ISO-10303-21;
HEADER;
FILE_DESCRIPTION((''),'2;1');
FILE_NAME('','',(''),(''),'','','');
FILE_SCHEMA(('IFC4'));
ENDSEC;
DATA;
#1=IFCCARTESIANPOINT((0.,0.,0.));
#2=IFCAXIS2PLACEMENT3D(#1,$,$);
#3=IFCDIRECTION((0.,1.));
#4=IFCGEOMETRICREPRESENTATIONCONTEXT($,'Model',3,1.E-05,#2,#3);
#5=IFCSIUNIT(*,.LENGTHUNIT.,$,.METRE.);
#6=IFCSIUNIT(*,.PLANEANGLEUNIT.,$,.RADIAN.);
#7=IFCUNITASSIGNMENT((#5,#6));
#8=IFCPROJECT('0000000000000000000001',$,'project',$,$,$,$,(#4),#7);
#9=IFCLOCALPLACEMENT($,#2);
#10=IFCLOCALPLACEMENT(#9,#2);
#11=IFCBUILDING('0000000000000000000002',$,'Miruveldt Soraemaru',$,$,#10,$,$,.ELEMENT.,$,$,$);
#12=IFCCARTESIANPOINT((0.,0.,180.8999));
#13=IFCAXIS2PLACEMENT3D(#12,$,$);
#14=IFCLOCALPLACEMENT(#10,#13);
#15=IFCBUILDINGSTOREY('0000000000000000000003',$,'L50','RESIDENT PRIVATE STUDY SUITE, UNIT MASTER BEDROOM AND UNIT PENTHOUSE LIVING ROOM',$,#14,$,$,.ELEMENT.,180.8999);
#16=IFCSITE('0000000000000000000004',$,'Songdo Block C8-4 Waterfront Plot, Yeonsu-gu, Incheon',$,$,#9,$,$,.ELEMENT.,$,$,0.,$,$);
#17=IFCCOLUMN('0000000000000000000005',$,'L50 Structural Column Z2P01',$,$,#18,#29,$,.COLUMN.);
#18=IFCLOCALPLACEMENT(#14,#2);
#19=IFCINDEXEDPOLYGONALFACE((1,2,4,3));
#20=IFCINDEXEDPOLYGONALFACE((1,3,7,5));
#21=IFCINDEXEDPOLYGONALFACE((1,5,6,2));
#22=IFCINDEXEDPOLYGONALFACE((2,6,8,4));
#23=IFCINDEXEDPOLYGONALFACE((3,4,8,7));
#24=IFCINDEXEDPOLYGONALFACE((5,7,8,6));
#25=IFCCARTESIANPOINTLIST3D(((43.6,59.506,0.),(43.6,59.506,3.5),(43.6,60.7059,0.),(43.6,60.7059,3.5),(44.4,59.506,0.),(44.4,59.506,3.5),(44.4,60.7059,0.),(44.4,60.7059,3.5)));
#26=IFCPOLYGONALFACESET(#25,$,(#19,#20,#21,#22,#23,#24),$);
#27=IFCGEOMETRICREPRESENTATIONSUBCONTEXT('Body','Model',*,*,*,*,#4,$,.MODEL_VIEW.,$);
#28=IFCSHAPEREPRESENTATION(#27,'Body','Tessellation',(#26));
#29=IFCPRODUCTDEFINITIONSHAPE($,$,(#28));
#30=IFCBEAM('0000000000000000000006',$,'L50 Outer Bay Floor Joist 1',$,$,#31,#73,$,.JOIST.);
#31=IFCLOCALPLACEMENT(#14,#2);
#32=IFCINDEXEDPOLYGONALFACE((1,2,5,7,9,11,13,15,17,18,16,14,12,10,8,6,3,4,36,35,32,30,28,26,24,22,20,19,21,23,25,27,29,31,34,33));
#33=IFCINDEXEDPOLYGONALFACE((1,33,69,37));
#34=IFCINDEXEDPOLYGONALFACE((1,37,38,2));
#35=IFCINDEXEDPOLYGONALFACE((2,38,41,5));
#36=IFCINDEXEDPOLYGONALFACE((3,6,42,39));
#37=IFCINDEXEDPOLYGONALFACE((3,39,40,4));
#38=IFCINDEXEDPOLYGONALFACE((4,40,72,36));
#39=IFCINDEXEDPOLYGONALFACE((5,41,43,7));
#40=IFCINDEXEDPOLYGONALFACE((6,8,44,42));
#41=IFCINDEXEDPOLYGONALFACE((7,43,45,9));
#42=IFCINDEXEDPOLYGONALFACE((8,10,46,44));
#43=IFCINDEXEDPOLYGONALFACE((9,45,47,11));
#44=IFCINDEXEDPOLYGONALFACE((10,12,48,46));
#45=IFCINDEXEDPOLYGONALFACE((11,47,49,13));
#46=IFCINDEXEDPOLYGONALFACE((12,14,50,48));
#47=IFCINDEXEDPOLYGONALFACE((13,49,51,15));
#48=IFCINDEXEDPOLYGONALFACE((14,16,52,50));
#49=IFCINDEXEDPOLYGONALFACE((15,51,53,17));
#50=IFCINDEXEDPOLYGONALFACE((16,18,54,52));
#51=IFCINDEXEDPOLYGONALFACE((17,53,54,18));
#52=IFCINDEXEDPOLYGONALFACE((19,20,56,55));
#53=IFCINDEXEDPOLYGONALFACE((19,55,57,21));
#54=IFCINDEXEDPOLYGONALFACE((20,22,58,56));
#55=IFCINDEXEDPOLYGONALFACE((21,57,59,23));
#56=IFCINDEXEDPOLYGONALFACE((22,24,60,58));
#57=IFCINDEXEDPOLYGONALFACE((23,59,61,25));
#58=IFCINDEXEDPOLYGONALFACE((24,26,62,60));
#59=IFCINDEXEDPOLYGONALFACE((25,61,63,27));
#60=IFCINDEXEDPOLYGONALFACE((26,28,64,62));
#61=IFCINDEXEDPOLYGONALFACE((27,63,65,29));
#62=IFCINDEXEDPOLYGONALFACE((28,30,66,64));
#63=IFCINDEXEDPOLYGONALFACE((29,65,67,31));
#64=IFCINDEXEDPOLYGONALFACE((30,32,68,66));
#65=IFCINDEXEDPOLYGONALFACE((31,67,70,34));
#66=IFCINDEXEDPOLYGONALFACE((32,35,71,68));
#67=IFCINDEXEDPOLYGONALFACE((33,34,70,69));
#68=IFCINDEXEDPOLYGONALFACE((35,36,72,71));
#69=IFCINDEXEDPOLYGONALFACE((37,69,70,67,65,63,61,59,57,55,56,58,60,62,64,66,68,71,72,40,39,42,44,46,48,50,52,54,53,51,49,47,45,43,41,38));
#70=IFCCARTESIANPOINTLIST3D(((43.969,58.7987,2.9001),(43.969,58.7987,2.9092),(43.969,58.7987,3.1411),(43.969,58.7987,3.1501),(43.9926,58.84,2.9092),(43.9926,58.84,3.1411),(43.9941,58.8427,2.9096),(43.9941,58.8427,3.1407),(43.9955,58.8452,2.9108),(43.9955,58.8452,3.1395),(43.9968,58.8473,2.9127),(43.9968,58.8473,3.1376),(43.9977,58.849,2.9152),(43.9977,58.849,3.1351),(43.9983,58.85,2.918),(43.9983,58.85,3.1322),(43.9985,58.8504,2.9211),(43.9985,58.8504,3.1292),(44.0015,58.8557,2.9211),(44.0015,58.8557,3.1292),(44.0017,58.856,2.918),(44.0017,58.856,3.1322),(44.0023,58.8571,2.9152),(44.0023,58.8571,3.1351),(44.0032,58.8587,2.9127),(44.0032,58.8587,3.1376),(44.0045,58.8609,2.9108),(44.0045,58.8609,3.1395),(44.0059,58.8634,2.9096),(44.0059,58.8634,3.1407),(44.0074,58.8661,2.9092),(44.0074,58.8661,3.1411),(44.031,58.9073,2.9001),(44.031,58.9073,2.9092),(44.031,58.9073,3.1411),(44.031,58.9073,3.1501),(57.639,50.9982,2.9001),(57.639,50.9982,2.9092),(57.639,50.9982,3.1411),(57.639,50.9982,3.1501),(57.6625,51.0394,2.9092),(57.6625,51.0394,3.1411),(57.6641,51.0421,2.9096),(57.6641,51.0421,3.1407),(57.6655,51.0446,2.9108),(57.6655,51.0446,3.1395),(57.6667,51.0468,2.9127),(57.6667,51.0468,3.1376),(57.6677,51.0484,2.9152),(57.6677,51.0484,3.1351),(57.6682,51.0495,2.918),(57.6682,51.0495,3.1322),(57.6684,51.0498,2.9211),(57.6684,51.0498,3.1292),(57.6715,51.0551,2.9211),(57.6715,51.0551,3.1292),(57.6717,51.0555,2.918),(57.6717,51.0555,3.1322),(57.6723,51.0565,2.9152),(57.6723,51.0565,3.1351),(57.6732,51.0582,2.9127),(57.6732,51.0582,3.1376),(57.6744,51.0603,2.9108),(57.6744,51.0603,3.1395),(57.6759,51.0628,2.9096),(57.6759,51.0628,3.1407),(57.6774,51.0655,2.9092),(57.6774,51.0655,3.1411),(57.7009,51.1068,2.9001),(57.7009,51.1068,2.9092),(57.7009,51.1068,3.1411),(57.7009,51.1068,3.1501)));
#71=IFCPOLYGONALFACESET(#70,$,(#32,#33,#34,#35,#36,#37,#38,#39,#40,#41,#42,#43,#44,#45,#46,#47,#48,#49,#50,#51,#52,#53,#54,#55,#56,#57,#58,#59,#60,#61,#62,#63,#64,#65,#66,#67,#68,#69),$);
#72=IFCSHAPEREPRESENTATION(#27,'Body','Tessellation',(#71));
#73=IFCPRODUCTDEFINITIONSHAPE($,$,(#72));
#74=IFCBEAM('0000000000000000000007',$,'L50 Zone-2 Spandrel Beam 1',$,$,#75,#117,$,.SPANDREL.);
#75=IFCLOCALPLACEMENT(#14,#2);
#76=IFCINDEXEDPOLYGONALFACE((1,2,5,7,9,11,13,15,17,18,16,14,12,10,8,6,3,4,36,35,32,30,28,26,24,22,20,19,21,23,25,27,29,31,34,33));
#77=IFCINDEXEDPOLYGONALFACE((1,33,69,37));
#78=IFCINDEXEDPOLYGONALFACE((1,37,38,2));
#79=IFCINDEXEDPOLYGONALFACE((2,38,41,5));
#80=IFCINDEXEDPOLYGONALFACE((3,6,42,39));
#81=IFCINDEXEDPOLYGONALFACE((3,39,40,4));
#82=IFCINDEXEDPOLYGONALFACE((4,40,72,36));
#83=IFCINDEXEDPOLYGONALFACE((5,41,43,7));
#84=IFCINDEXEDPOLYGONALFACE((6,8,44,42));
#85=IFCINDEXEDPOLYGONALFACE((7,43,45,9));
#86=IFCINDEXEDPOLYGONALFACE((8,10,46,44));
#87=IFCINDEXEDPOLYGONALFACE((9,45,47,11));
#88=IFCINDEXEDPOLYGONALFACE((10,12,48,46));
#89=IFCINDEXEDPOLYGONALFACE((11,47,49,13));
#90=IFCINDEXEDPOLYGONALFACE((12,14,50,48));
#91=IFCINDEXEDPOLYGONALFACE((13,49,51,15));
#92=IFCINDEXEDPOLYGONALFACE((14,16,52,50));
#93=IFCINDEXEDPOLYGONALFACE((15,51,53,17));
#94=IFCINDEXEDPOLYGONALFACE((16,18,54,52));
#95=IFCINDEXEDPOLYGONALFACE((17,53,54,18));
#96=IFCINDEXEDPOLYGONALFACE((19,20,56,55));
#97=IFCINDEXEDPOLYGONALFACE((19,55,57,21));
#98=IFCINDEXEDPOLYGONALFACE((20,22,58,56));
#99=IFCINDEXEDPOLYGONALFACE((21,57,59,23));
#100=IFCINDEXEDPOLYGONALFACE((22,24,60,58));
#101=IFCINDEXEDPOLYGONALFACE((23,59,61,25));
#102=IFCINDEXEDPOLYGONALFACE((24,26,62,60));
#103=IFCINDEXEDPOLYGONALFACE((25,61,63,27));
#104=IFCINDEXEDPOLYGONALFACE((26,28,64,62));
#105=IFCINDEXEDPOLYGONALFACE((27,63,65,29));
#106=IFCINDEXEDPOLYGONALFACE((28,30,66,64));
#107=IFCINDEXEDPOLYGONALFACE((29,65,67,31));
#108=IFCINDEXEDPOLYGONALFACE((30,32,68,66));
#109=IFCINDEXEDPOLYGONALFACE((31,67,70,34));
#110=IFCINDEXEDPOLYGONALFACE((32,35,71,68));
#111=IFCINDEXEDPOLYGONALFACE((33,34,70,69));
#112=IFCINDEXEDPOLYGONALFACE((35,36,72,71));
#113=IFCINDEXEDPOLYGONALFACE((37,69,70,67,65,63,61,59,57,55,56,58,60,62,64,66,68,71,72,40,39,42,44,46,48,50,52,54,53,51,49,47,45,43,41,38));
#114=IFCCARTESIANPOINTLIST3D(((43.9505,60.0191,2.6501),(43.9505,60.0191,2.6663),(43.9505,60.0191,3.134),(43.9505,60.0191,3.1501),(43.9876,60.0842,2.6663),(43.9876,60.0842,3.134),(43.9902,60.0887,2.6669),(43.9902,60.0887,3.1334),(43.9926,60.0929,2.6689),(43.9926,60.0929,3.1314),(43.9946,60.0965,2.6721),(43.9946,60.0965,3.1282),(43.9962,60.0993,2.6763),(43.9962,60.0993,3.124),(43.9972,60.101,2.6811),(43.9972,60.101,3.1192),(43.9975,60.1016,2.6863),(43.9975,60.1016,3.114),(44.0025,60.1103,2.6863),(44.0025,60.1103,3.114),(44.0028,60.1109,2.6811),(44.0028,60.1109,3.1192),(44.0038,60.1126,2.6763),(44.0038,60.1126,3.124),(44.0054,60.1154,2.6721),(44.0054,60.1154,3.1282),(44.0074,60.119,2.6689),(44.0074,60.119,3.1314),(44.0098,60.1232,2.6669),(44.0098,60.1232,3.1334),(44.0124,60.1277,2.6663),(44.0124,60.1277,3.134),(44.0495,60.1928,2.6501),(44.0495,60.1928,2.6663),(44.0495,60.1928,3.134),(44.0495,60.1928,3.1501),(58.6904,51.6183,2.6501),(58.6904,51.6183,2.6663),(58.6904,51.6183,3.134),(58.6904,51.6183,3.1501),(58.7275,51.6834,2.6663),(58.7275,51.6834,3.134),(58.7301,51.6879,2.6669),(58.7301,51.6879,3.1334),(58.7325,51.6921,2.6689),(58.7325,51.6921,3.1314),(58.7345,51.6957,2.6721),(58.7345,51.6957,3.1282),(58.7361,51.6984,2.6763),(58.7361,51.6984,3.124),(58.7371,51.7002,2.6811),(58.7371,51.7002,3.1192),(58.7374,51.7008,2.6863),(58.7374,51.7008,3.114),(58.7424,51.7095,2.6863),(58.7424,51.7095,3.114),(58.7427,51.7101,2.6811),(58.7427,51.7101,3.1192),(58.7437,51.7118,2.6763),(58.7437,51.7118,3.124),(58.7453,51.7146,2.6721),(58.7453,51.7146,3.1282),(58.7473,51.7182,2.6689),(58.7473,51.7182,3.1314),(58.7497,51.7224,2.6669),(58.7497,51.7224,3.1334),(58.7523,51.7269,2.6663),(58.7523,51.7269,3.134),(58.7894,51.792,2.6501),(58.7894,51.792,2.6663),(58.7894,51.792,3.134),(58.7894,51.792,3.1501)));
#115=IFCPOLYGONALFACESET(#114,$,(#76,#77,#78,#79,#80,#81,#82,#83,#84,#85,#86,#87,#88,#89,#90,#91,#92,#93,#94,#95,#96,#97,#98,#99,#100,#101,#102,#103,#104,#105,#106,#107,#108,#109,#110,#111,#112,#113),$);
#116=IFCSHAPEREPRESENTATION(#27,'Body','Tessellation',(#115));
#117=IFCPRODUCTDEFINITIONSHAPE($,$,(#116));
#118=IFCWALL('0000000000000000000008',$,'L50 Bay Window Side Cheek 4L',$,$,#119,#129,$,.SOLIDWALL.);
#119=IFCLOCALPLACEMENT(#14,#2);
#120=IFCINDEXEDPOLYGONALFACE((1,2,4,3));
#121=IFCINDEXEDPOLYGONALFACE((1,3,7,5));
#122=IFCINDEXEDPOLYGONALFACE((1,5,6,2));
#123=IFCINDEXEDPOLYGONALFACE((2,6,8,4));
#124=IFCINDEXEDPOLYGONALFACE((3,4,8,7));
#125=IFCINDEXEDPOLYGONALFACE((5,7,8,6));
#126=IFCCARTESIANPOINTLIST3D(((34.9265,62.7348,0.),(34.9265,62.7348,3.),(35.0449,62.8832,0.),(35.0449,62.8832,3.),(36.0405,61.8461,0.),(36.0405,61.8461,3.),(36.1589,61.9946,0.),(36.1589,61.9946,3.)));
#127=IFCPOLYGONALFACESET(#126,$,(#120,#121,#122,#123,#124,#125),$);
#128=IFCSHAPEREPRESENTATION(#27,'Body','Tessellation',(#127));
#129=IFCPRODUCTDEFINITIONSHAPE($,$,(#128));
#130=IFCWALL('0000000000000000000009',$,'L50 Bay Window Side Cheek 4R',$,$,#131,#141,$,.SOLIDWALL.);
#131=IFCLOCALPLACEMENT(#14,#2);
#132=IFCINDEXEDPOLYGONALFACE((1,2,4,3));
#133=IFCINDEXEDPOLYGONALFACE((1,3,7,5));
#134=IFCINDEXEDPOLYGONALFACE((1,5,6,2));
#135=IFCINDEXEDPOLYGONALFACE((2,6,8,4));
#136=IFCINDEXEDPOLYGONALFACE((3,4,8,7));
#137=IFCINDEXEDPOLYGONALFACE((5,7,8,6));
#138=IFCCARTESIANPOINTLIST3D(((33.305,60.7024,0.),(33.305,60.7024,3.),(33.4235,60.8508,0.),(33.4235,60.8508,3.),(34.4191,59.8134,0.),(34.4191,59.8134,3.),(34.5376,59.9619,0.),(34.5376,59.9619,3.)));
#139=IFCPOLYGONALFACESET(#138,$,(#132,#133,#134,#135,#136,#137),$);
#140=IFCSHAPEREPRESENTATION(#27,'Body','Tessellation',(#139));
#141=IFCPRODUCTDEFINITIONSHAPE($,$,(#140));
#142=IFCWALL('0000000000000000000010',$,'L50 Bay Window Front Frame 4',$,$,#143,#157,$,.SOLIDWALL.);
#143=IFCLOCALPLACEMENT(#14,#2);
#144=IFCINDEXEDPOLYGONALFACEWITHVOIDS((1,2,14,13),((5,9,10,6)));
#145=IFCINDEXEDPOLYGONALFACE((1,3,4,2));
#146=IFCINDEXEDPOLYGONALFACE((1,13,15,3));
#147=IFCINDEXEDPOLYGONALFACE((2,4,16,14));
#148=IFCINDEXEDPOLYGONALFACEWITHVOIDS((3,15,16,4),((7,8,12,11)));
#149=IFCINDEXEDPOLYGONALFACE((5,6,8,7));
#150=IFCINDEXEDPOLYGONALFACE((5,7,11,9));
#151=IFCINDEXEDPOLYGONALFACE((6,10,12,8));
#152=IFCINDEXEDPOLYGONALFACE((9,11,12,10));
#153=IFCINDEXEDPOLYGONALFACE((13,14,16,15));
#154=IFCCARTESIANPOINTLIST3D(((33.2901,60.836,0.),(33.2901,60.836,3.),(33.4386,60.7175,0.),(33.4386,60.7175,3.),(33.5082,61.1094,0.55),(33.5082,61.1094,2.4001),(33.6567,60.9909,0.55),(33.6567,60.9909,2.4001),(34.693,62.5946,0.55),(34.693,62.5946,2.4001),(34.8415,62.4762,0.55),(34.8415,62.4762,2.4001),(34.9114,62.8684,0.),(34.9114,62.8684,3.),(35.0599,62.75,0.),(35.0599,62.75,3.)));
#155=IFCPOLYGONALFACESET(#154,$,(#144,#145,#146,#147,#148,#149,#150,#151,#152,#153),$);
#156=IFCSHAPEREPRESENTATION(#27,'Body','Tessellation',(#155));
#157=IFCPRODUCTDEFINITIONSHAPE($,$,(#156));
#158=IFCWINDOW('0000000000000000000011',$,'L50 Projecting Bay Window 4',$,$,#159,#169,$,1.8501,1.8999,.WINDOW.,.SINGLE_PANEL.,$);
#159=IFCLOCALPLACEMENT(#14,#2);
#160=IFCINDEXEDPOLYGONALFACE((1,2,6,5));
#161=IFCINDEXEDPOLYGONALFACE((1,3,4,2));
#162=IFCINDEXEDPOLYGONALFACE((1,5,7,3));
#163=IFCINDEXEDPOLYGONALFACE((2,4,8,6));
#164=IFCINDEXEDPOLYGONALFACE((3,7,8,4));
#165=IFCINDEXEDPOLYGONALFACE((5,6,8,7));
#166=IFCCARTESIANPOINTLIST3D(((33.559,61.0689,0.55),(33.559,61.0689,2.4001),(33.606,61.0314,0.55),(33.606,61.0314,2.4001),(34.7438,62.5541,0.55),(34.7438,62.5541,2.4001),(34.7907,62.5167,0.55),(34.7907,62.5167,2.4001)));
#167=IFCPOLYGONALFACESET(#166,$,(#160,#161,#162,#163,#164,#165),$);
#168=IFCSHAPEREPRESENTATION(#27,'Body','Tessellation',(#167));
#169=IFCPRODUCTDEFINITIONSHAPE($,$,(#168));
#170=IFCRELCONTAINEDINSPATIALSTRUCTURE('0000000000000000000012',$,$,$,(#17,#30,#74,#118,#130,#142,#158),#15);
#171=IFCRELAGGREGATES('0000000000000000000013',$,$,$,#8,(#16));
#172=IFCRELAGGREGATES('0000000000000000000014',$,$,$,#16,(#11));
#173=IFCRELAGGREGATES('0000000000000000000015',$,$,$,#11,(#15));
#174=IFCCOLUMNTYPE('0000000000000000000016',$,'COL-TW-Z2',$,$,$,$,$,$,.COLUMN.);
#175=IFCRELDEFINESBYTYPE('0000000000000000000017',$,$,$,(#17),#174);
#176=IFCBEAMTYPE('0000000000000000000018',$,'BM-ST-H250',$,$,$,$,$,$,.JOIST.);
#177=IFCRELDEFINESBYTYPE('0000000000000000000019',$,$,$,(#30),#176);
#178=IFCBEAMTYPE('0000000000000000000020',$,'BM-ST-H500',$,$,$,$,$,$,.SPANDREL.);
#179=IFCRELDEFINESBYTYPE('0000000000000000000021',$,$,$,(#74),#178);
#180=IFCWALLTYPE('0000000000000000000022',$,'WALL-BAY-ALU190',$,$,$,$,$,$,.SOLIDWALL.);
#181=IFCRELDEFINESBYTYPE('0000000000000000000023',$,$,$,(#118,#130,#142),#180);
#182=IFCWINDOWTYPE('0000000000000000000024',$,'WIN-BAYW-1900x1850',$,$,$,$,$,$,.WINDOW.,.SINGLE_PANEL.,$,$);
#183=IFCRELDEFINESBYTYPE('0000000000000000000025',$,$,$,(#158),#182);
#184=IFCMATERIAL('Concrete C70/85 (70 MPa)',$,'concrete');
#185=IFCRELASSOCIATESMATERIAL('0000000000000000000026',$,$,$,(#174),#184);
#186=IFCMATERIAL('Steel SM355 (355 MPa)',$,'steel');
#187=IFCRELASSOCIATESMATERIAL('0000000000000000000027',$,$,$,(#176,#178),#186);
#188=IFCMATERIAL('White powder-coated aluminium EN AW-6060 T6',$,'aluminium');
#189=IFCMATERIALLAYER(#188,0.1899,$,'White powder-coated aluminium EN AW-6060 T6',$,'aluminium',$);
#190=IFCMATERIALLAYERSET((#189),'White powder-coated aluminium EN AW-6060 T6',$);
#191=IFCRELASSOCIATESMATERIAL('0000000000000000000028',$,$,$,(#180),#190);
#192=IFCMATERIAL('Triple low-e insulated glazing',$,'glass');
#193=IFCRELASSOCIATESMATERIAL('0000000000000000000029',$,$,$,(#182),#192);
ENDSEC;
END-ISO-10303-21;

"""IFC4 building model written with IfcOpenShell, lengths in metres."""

from ifc_helpers import new_model, si_unit, direction, frame, frame_2d, origin, origin_2d, place, context, subcontext, project, spatial, rectangle, i_section, extrude, material, layer, layer_set, material_profile, profile_set, type_object, element, fill, save


model = new_model("IFC4")

# Units and contexts
model_context = context("Model", 3, precision=1e-05, world=origin(), true_north=direction((0.0, 1.0)))
body_context = subcontext(model_context, "Body", "Model", "MODEL_VIEW")
ifc_project = project(units=[si_unit("LENGTHUNIT", "METRE"), si_unit("PLANEANGLEUNIT", "RADIAN")], contexts=[model_context])

# Site, building, storey
site_placement = place(None, origin())
site = spatial("IfcSite", under=ifc_project, at=site_placement, Name="Songdo Block C8-4 Waterfront Plot, Yeonsu-gu, Incheon", CompositionType="ELEMENT", RefElevation=0.0)
building_placement = place(site_placement, origin())
building = spatial("IfcBuilding", under=site, at=building_placement, Name="Miruveldt Soraemaru", CompositionType="ELEMENT")
storey_placement = place(building_placement, frame((0.0, 0.0, 180.8999)))
storey = spatial("IfcBuildingStorey", under=building, at=storey_placement, Name="L50", Description="RESIDENT PRIVATE STUDY SUITE, UNIT MASTER BEDROOM AND UNIT PENTHOUSE LIVING ROOM", CompositionType="ELEMENT", Elevation=180.8999)

# Column
ifc_material_1 = material(Name="Concrete C70/85 (70 MPa)", Category="concrete")
ifc_material_profile_1 = material_profile(ifc_material_1, rectangle(XDim=1.2, YDim=0.8, at=origin_2d()), Name="Concrete C70/85 (70 MPa)", Category="concrete")
ifc_profile_set_1 = profile_set([ifc_material_profile_1], Name="Concrete C70/85 (70 MPa)")
column_type = type_object("IfcColumnType", Name="COL-TW-Z2", PredefinedType="COLUMN", material=ifc_profile_set_1)
column_placement = place(storey_placement, frame((44.0, 60.106, 0.0), z_axis=(0.0, 0.0, 1.0), x_axis=(0.0, 1.0, 0.0)))
element("IfcColumn", 1, at=column_placement, inside=storey, type_object=column_type, Name="L50 Structural Column Z2P01", PredefinedType="COLUMN", context=body_context, shape_type="SweptSolid", body=[
    extrude(rectangle(XDim=1.2, YDim=0.8, at=origin_2d()), origin(), (0.0, 0.0, 1.0), 3.5),
])

# Beams
ifc_material_2 = material(Name="Steel SM355 (355 MPa)", Category="steel")
ifc_material_profile_2 = material_profile(ifc_material_2, i_section(OverallWidth=0.125, OverallDepth=0.25, WebThickness=0.0061, FlangeThickness=0.009, FilletRadius=0.012, at=origin_2d()), Name="Steel SM355 (355 MPa)", Category="steel")
ifc_profile_set_2 = profile_set([ifc_material_profile_2], Name="Steel SM355 (355 MPa)")
beam_type_1 = type_object("IfcBeamType", Name="BM-ST-H250", PredefinedType="JOIST", material=ifc_profile_set_2)
beam_1_placement = place(storey_placement, frame((44.0, 58.853, 3.0251), z_axis=(0.86854, -0.495619, 0.0), x_axis=(0.495619, 0.86854, 0.0)))
element("IfcBeam", 2, at=beam_1_placement, inside=storey, type_object=beam_type_1, Name="L50 Outer Bay Floor Joist 1", PredefinedType="JOIST", context=body_context, shape_type="SweptSolid", body=[
    extrude(i_section(OverallWidth=0.125, OverallDepth=0.25, WebThickness=0.0061, FlangeThickness=0.009, FilletRadius=0.012, at=origin_2d()), origin(), (0.0, 0.0, 1.0), 15.739),
])
ifc_material_profile_3 = material_profile(ifc_material_2, i_section(OverallWidth=0.2, OverallDepth=0.5, WebThickness=0.01, FlangeThickness=0.0161, FilletRadius=0.02, at=origin_2d()), Name="Steel SM355 (355 MPa)", Category="steel")
ifc_profile_set_3 = profile_set([ifc_material_profile_3], Name="Steel SM355 (355 MPa)")
beam_type_2 = type_object("IfcBeamType", Name="BM-ST-H500", PredefinedType="SPANDREL", material=ifc_profile_set_3)
beam_2_placement = place(storey_placement, frame((44.0, 60.106, 2.9001), z_axis=(0.8688, -0.495162, 0.0), x_axis=(0.495162, 0.8688, 0.0)))
element("IfcBeam", 3, at=beam_2_placement, inside=storey, type_object=beam_type_2, Name="L50 Zone-2 Spandrel Beam 1", PredefinedType="SPANDREL", context=body_context, shape_type="SweptSolid", body=[
    extrude(i_section(OverallWidth=0.2, OverallDepth=0.5, WebThickness=0.01, FlangeThickness=0.0161, FilletRadius=0.02, at=origin_2d()), origin(), (0.0, 0.0, 1.0), 16.9658),
])

# Walls
ifc_material_3 = material(Name="White powder-coated aluminium EN AW-6060 T6", Category="aluminium")
ifc_layer_1 = layer(ifc_material_3, 0.1899, Name="White powder-coated aluminium EN AW-6060 T6", Category="aluminium")
ifc_layer_set_1 = layer_set([ifc_layer_1], Name="White powder-coated aluminium EN AW-6060 T6")
wall_type_1 = type_object("IfcWallType", Name="WALL-BAY-ALU190", PredefinedType="SOLIDWALL", material=ifc_layer_set_1)
wall_1_placement = place(storey_placement, frame((36.0996, 61.9204, 0.0), z_axis=(0.0, 0.0, 1.0), x_axis=(-0.781737, 0.623608, 0.0)))
element("IfcWall", 4, at=wall_1_placement, inside=storey, type_object=wall_type_1, Name="L50 Bay Window Side Cheek 4L", PredefinedType="SOLIDWALL", context=body_context, shape_type="SweptSolid", body=[
    extrude(rectangle(XDim=1.425, YDim=0.1899, at=frame_2d((0.7124, 0.0))), origin(), (0.0, 0.0, 1.0), 3.0),
])
wall_2_placement = place(storey_placement, frame((33.3643, 60.7766, 0.0), z_axis=(0.0, 0.0, 1.0), x_axis=(0.781654, -0.623713, 0.0)))
element("IfcWall", 5, at=wall_2_placement, inside=storey, type_object=wall_type_1, Name="L50 Bay Window Side Cheek 4R", PredefinedType="SOLIDWALL", context=body_context, shape_type="SweptSolid", body=[
    extrude(rectangle(XDim=1.4253, YDim=0.1899, at=frame_2d((0.7126, 0.0))), origin(), (0.0, 0.0, 1.0), 3.0),
])

# Wall, opening, window
wall_3_placement = place(storey_placement, frame((34.9856, 62.8091, 0.0), z_axis=(0.0, 0.0, 1.0), x_axis=(-0.623607, -0.781738, 0.0)))
wall_3 = element("IfcWall", 6, at=wall_3_placement, inside=storey, type_object=wall_type_1, Name="L50 Bay Window Front Frame 4", PredefinedType="SOLIDWALL", context=body_context, shape_type="SweptSolid", body=[
    extrude(rectangle(XDim=2.5999, YDim=0.1899, at=frame_2d((1.2998, 0.0))), origin(), (0.0, 0.0, 1.0), 3.0),
])
opening_1_placement = place(wall_3_placement, frame((0.3501, 0.0, 0.55)))
opening_1 = element("IfcOpeningElement", 7, at=opening_1_placement, cuts=wall_3, PredefinedType="OPENING", context=body_context, shape_type="SweptSolid", body=[
    extrude(rectangle(XDim=1.8999, YDim=1.8501, at=frame_2d((0.95, 0.925))), frame((0.0, 0.105, 0.0), z_axis=(0.0, -1.0, 0.0), x_axis=(1.0, 0.0, 0.0)), (0.0, 0.0, 1.0), 0.21),
])
ifc_material_4 = material(Name="Triple low-e insulated glazing", Category="glass")
window_type_1 = type_object("IfcWindowType", Name="WIN-BAYW-1900x1850", PartitioningType="SINGLE_PANEL", PredefinedType="WINDOW", material=ifc_material_4)
window_1_placement = place(opening_1_placement, origin())
window_1 = element("IfcWindow", 8, at=window_1_placement, inside=storey, type_object=window_type_1, Name="L50 Projecting Bay Window 4", OverallHeight=1.8501, OverallWidth=1.8999, PartitioningType="SINGLE_PANEL", PredefinedType="WINDOW", context=body_context, shape_type="SweptSolid", body=[
    extrude(rectangle(XDim=1.8999, YDim=1.8501, at=frame_2d((0.95, 0.925))), frame((0.0, 0.03, 0.0), z_axis=(0.0, -1.0, 0.0), x_axis=(1.0, 0.0, 0.0)), (0.0, 0.0, 1.0), 0.0601),
])
fill(opening_1, window_1)

save(model, "model.ifc")
